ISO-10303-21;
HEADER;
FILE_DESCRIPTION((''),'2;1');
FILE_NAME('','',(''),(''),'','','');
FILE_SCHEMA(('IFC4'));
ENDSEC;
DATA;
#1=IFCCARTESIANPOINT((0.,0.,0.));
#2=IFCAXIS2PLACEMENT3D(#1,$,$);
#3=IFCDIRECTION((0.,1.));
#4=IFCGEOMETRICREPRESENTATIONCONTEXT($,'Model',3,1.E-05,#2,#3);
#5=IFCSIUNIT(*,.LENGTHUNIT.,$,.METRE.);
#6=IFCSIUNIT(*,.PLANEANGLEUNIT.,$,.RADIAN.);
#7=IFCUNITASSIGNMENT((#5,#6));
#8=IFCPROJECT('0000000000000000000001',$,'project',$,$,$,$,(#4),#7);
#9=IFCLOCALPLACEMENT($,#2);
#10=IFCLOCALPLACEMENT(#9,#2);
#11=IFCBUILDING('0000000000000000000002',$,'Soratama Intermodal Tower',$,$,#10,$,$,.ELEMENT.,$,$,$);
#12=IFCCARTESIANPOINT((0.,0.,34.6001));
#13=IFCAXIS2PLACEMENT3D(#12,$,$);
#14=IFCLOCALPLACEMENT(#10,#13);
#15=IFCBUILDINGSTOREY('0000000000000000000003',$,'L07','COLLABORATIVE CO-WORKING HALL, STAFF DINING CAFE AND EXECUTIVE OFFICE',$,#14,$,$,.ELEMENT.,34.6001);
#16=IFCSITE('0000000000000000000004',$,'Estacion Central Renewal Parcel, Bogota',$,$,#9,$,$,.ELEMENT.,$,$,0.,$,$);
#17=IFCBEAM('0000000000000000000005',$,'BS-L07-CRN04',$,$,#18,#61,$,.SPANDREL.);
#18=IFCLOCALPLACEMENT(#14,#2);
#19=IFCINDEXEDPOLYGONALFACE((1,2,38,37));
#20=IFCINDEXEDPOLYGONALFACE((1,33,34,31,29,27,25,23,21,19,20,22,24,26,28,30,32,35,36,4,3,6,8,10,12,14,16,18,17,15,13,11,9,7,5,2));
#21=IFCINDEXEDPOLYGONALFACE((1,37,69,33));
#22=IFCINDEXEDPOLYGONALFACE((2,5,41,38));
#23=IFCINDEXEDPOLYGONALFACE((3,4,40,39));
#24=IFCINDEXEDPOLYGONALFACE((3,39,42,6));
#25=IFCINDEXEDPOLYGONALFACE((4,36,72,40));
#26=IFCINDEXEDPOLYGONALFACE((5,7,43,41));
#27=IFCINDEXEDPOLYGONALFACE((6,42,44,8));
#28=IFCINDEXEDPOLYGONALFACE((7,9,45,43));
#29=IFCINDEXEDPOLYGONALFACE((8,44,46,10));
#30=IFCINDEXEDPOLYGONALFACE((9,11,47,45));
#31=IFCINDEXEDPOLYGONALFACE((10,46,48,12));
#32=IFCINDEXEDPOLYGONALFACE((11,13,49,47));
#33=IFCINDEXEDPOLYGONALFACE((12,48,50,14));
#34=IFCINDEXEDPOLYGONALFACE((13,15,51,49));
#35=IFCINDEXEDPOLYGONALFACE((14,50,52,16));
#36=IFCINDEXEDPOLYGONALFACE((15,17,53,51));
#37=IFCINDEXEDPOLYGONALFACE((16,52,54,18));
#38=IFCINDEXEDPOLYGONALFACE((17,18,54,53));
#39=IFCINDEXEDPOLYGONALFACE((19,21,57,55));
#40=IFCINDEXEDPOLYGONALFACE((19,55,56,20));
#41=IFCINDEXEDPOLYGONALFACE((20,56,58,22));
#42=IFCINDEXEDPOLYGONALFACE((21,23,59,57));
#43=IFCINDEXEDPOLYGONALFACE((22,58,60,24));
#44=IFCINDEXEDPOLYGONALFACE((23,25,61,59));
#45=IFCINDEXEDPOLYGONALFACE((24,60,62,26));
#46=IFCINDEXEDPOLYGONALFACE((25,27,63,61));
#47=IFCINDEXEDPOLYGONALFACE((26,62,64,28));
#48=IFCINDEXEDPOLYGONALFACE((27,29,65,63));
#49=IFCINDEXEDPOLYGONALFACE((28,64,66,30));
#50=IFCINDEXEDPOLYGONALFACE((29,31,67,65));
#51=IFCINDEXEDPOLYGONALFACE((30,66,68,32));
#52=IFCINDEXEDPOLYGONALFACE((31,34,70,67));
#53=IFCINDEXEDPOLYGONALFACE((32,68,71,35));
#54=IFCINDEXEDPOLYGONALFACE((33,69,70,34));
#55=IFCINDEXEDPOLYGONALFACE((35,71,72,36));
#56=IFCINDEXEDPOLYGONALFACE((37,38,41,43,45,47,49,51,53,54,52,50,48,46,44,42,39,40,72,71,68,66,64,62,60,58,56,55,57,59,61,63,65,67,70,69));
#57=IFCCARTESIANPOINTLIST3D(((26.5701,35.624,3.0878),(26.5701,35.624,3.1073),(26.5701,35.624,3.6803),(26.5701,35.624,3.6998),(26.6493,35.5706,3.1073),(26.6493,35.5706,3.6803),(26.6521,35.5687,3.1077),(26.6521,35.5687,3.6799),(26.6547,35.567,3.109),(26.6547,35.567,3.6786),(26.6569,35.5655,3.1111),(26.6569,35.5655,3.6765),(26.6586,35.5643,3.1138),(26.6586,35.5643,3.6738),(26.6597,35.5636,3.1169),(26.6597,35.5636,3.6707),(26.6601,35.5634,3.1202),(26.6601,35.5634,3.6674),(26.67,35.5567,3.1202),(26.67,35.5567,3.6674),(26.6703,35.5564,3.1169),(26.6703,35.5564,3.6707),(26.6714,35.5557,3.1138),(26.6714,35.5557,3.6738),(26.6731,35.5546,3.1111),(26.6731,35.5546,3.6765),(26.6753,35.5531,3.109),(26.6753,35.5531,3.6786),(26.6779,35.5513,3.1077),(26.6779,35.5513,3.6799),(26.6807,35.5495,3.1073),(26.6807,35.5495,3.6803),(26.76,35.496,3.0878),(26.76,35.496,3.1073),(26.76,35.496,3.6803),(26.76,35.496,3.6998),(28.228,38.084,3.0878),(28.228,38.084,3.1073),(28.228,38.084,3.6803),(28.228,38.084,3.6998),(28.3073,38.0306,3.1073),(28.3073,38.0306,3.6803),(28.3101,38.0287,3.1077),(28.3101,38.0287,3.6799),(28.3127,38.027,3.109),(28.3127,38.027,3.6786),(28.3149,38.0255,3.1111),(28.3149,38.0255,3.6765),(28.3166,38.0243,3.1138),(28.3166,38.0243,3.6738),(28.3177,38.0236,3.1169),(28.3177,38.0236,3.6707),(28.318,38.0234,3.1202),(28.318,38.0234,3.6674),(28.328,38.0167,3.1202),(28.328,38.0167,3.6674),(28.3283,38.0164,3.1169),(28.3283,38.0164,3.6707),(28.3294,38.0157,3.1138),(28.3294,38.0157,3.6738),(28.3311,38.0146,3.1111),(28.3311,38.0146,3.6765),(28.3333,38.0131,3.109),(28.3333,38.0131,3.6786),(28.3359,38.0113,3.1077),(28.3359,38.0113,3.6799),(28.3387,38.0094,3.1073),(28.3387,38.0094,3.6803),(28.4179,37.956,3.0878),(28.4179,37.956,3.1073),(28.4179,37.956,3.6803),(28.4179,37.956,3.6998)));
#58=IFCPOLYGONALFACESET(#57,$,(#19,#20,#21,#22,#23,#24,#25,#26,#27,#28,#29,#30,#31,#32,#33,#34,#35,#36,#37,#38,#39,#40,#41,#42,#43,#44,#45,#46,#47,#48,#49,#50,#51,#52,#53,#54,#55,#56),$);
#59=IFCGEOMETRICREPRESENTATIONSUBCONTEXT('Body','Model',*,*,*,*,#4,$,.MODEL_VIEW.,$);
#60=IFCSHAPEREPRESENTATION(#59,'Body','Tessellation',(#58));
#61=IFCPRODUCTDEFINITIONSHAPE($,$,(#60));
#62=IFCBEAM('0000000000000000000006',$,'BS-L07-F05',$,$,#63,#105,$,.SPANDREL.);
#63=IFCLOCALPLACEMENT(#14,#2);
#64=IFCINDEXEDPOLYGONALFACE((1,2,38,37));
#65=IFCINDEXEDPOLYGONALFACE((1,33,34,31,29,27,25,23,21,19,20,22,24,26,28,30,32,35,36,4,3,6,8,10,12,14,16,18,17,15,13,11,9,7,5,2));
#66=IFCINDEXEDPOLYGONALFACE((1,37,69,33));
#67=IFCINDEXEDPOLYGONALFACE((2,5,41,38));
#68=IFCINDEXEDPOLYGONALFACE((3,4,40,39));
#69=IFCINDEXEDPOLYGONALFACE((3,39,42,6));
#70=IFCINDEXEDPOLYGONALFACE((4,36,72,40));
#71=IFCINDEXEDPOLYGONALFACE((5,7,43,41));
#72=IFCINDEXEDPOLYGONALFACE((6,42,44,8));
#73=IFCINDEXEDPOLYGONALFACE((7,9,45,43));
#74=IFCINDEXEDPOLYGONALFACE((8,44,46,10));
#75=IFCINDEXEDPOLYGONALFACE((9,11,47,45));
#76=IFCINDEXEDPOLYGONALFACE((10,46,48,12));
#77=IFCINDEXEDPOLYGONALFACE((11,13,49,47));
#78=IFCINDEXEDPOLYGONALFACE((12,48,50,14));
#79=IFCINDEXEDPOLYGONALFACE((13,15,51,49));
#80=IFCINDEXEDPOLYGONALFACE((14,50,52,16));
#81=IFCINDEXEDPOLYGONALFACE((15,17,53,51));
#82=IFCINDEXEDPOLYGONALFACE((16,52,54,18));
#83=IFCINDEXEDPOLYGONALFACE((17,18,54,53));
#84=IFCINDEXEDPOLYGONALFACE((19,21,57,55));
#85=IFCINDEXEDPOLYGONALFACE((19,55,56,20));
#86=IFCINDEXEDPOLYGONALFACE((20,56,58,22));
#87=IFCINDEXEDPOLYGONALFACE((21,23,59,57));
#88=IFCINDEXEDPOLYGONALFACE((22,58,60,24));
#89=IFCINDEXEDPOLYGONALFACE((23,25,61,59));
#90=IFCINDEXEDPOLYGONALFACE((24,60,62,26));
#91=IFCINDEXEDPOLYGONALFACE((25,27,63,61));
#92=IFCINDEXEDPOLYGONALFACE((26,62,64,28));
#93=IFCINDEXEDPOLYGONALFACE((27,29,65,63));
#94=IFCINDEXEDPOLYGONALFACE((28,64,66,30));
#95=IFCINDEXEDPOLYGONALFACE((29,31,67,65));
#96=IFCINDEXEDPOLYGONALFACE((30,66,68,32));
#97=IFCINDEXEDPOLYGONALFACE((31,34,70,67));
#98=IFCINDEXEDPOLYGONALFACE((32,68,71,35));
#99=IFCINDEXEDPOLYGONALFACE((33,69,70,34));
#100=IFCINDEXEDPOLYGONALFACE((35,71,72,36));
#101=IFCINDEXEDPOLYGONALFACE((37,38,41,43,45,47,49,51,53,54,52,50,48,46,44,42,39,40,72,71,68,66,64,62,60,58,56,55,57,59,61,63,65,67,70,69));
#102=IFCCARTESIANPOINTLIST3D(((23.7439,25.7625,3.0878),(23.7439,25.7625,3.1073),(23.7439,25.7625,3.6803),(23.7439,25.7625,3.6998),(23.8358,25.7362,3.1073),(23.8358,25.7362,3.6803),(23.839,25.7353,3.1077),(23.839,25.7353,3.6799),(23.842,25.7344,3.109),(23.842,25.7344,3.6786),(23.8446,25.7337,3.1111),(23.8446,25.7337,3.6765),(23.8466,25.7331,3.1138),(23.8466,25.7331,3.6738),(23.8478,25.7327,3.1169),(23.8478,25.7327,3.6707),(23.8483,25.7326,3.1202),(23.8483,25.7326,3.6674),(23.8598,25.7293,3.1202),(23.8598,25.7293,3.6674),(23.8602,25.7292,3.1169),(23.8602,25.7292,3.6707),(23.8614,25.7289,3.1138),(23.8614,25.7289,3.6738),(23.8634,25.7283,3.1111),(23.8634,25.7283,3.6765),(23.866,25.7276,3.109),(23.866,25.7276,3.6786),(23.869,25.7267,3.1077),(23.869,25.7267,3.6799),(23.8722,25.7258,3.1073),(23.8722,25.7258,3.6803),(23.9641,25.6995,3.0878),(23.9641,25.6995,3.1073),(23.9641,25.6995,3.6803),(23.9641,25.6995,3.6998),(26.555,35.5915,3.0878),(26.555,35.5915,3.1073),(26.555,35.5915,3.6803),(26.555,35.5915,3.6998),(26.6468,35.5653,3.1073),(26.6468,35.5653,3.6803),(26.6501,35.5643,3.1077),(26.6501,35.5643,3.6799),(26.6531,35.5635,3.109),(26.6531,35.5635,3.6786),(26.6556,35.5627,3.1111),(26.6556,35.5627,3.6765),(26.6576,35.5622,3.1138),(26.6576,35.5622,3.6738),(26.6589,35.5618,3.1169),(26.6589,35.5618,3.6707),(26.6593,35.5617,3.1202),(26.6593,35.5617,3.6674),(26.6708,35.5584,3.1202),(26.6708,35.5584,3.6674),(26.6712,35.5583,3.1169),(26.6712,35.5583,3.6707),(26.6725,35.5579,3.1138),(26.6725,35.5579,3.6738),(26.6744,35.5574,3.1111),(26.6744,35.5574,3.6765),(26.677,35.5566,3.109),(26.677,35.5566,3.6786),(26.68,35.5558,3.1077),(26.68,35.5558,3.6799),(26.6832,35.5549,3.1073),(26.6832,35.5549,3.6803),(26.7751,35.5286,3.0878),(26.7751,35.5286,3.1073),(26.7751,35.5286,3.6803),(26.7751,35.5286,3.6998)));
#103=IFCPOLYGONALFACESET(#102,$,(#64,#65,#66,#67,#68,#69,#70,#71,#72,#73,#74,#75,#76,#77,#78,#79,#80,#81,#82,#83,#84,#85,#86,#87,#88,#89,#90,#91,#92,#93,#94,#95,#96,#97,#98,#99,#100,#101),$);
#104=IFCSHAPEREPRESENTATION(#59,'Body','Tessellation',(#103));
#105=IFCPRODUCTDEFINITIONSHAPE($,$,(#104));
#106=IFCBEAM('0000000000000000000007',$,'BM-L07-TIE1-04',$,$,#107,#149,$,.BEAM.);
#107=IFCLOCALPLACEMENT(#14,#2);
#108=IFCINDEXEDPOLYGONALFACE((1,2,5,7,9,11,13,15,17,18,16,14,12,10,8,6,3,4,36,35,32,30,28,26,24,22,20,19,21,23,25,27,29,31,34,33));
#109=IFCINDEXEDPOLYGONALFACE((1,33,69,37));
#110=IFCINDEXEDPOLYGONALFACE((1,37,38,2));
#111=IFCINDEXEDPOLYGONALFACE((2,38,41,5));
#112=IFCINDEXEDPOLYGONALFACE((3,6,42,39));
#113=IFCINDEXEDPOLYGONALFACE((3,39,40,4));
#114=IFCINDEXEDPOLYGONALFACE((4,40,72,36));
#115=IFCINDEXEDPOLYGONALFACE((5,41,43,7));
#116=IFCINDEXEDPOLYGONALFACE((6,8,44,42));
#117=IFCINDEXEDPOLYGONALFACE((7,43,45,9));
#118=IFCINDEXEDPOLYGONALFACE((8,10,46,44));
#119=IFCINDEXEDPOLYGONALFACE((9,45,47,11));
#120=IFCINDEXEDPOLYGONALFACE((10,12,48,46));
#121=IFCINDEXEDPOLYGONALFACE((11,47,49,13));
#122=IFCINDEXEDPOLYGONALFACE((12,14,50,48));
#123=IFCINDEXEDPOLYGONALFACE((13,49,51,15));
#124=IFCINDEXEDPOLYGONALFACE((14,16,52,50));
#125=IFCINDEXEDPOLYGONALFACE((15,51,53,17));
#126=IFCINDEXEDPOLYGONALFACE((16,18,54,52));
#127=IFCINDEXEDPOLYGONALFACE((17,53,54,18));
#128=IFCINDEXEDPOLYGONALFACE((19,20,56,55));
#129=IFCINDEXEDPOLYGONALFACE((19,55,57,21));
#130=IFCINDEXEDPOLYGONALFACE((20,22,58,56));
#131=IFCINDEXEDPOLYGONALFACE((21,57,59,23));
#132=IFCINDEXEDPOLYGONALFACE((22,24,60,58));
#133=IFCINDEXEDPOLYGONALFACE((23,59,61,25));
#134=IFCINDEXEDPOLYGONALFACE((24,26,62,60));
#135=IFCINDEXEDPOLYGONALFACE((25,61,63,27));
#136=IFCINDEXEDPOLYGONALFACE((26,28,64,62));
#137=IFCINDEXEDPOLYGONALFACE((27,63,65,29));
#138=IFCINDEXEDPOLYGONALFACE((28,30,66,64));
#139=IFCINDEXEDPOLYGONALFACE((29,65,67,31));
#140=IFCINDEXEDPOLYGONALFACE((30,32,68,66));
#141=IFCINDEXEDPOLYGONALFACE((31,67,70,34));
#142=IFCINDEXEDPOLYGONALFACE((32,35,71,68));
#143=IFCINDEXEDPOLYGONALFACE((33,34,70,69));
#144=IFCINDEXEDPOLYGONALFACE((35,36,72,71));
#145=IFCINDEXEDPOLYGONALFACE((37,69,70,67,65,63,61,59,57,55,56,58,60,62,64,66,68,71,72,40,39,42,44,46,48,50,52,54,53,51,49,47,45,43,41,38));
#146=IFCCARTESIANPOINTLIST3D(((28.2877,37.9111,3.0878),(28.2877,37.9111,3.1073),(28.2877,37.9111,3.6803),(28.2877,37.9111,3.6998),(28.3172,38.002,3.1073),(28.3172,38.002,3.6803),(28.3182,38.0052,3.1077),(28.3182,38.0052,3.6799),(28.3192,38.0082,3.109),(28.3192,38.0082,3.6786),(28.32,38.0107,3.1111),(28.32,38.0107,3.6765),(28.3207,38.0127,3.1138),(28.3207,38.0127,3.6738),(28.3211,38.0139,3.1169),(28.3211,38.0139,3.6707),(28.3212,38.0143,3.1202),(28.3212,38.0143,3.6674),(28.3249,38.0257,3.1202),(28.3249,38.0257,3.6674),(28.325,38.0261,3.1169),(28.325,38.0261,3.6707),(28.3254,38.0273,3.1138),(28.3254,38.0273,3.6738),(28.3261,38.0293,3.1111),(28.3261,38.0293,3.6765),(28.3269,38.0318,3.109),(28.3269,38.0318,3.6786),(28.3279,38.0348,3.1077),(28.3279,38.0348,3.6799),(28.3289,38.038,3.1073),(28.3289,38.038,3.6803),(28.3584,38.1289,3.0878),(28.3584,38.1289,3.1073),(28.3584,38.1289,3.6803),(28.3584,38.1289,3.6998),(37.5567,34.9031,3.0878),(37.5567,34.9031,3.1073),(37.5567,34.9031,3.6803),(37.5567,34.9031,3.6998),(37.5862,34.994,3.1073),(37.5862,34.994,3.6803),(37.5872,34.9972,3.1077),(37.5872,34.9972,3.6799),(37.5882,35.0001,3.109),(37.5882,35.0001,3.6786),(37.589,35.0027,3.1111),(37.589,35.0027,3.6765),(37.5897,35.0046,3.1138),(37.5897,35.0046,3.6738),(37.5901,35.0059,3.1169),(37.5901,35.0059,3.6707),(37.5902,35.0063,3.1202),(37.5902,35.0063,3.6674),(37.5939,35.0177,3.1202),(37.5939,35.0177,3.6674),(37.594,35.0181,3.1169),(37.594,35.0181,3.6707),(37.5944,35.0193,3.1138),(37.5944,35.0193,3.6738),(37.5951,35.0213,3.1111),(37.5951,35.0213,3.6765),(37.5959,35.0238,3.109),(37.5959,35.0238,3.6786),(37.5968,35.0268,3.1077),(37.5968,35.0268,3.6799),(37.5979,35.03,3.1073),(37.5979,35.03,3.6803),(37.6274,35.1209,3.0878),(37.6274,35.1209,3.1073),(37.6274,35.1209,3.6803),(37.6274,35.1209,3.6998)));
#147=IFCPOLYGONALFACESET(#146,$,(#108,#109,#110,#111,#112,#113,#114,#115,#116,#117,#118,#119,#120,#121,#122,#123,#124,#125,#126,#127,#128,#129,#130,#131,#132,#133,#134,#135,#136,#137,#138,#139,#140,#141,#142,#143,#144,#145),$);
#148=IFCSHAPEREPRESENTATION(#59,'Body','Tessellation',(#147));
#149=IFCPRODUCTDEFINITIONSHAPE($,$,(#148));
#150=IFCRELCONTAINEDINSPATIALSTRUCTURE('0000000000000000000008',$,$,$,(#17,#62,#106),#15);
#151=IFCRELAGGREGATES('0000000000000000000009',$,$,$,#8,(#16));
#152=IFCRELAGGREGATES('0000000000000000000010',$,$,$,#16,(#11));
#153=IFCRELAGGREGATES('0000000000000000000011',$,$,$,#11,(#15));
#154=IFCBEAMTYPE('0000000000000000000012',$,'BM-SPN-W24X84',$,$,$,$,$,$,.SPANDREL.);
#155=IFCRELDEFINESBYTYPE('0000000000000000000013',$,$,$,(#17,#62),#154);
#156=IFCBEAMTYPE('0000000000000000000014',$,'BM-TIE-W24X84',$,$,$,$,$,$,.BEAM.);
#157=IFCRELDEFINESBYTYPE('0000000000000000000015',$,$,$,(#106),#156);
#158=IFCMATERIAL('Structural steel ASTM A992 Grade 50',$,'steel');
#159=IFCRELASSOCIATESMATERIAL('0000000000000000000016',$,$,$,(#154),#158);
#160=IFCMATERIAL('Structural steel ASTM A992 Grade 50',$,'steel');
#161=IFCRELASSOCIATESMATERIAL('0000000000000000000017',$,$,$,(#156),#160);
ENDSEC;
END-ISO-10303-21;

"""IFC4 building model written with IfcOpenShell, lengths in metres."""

from ifc_helpers import new_model, si_unit, direction, frame, origin, origin_2d, place, context, subcontext, project, spatial, i_section, extrude, material, material_profile, profile_set, type_object, element, save


model = new_model("IFC4")

# Units and contexts
model_context = context("Model", 3, precision=1e-05, world=origin(), true_north=direction((0.0, 1.0)))
body_context = subcontext(model_context, "Body", "Model", "MODEL_VIEW")
ifc_project = project(units=[si_unit("LENGTHUNIT", "METRE"), si_unit("PLANEANGLEUNIT", "RADIAN")], contexts=[model_context])

# Site, building, storey
site_placement = place(None, origin())
site = spatial("IfcSite", under=ifc_project, at=site_placement, Name="Estacion Central Renewal Parcel, Bogota", CompositionType="ELEMENT", RefElevation=0.0)
building_placement = place(site_placement, origin())
building = spatial("IfcBuilding", under=site, at=building_placement, Name="Soratama Intermodal Tower", CompositionType="ELEMENT")
storey_placement = place(building_placement, frame((0.0, 0.0, 34.6001)))
storey = spatial("IfcBuildingStorey", under=building, at=storey_placement, Name="L07", Description="COLLABORATIVE CO-WORKING HALL, STAFF DINING CAFE AND EXECUTIVE OFFICE", CompositionType="ELEMENT", Elevation=34.6001)

# Beams
ifc_material_1 = material(Name="Structural steel ASTM A992 Grade 50", Category="steel")
ifc_material_profile_1 = material_profile(ifc_material_1, i_section(OverallWidth=0.229, OverallDepth=0.6121, WebThickness=0.012, FlangeThickness=0.0195, FilletRadius=0.0129, at=origin_2d()), Name="W24X84")
ifc_profile_set_1 = profile_set([ifc_material_profile_1], Name="Structural steel ASTM A992 Grade 50")
beam_type_1 = type_object("IfcBeamType", Name="BM-SPN-W24X84", PredefinedType="SPANDREL", material=ifc_profile_set_1)
beam_1_placement = place(storey_placement, frame((28.323, 38.02, 3.3938), z_axis=(-0.55889, -0.829242, 0.0), x_axis=(0.829242, -0.55889, 0.0)))
element("IfcBeam", 1, at=beam_1_placement, inside=storey, type_object=beam_type_1, Name="BS-L07-CRN04", PredefinedType="SPANDREL", context=body_context, shape_type="SweptSolid", body=[
    extrude(i_section(OverallWidth=0.229, OverallDepth=0.6121, WebThickness=0.012, FlangeThickness=0.0195, FilletRadius=0.0129, at=origin_2d()), origin(), (0.0, 0.0, 1.0), 2.9666),
])
beam_2_placement = place(storey_placement, frame((26.665, 35.5601, 3.3938), z_axis=(-0.274967, -0.961454, 0.0), x_axis=(0.961454, -0.274967, 0.0)))
element("IfcBeam", 2, at=beam_2_placement, inside=storey, type_object=beam_type_1, Name="BS-L07-F05", PredefinedType="SPANDREL", context=body_context, shape_type="SweptSolid", body=[
    extrude(i_section(OverallWidth=0.229, OverallDepth=0.6121, WebThickness=0.012, FlangeThickness=0.0195, FilletRadius=0.0129, at=origin_2d()), origin(), (0.0, 0.0, 1.0), 10.2231),
])
ifc_material_2 = material(Name="Structural steel ASTM A992 Grade 50", Category="steel")
ifc_material_profile_2 = material_profile(ifc_material_2, i_section(OverallWidth=0.229, OverallDepth=0.6121, WebThickness=0.012, FlangeThickness=0.0195, FilletRadius=0.0129, at=origin_2d()), Name="W24X84")
ifc_profile_set_2 = profile_set([ifc_material_profile_2], Name="Structural steel ASTM A992 Grade 50")
beam_type_2 = type_object("IfcBeamType", Name="BM-TIE-W24X84", PredefinedType="BEAM", material=ifc_profile_set_2)
beam_3_placement = place(storey_placement, frame((37.592, 35.012, 3.3938), z_axis=(-0.951166, 0.308679, 0.0), x_axis=(-0.308679, -0.951166, 0.0)))
element("IfcBeam", 3, at=beam_3_placement, inside=storey, type_object=beam_type_2, Name="BM-L07-TIE1-04", PredefinedType="BEAM", context=body_context, shape_type="SweptSolid", body=[
    extrude(i_section(OverallWidth=0.229, OverallDepth=0.6121, WebThickness=0.012, FlangeThickness=0.0195, FilletRadius=0.0129, at=origin_2d()), origin(), (0.0, 0.0, 1.0), 9.7449),
])

save(model, "model.ifc")
